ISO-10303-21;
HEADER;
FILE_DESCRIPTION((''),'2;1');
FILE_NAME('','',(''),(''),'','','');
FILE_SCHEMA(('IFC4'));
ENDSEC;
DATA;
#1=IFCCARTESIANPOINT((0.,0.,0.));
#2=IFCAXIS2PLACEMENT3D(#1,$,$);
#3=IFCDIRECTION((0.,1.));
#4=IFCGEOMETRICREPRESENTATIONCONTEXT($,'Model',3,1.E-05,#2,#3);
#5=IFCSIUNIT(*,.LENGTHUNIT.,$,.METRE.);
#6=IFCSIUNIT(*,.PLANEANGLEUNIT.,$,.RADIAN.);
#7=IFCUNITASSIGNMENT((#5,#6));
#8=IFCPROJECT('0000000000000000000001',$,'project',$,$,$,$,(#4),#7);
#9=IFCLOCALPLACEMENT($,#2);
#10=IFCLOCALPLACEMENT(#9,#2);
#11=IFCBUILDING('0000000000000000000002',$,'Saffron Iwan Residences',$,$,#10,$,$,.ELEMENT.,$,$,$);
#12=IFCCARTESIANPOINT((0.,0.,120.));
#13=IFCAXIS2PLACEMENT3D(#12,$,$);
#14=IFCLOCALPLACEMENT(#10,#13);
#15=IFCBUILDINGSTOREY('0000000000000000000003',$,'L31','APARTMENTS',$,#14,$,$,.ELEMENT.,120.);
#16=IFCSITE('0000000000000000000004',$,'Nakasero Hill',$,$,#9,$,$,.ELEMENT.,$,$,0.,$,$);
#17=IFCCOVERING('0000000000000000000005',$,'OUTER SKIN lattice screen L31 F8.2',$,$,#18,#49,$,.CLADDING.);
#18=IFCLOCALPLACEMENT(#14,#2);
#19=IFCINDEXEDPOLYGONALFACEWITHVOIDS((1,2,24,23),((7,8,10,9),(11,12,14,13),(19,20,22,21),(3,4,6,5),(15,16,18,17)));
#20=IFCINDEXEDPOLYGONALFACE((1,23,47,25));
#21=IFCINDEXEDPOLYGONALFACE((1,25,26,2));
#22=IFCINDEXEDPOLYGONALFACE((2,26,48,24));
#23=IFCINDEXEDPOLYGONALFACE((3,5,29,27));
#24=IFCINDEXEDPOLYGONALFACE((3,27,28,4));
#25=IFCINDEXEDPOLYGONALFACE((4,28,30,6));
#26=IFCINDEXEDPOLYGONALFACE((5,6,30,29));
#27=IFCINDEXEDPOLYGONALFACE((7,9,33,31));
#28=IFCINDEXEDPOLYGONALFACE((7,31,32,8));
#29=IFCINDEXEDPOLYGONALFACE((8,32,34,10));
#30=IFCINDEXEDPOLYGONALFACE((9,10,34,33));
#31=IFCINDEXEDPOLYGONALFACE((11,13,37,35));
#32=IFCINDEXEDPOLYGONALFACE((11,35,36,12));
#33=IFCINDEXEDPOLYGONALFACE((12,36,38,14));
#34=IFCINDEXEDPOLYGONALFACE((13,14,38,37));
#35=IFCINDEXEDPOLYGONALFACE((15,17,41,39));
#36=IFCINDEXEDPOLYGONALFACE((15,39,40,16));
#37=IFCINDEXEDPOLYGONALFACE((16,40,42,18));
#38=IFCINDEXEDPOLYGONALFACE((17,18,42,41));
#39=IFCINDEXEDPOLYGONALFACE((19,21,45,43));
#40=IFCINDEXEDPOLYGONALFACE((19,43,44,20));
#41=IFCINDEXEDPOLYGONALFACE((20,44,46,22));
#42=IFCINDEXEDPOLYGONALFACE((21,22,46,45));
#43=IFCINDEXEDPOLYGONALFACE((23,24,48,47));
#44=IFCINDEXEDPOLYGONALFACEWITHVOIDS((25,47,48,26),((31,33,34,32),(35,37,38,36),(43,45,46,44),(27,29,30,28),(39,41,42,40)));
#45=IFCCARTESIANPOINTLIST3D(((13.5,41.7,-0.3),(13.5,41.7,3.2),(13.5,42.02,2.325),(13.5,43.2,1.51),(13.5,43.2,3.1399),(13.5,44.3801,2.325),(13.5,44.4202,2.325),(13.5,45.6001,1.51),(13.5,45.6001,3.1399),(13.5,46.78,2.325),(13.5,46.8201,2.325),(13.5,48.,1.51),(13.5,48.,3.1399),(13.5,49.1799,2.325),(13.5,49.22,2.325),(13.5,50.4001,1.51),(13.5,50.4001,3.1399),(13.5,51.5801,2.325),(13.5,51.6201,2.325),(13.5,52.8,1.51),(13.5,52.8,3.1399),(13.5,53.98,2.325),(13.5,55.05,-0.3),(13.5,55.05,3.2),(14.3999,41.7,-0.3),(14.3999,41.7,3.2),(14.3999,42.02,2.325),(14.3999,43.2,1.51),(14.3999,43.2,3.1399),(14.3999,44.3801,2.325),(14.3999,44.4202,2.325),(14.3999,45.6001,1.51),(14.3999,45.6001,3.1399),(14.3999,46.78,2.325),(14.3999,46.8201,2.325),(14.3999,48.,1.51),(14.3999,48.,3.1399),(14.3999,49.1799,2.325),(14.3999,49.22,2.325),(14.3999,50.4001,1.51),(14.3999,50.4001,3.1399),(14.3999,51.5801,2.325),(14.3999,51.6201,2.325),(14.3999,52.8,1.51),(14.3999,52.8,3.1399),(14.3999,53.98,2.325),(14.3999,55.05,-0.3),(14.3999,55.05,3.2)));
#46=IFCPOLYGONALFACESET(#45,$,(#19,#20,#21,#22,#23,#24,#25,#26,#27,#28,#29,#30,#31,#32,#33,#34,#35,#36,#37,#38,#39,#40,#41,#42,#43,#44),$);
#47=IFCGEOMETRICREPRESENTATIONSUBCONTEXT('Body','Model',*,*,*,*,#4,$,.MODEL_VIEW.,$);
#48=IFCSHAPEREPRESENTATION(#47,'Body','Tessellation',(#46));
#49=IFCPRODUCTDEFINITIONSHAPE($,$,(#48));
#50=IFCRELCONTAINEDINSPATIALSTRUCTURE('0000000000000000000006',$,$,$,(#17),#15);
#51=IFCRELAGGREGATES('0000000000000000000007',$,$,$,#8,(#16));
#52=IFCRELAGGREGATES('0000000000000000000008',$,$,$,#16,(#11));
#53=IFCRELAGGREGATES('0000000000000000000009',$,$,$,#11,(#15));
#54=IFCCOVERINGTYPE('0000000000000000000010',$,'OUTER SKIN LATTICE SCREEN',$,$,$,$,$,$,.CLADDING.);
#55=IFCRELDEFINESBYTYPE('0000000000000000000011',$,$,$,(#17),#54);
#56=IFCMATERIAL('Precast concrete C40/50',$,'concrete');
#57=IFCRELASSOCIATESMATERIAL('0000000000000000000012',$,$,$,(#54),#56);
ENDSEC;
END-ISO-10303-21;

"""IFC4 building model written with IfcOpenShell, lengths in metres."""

from ifc_helpers import new_model, si_unit, direction, frame, origin, place, context, subcontext, project, spatial, polyline, outline, extrude, material, type_object, element, save


model = new_model("IFC4")

# Units and contexts
model_context = context("Model", 3, precision=1e-05, world=origin(), true_north=direction((0.0, 1.0)))
body_context = subcontext(model_context, "Body", "Model", "MODEL_VIEW")
ifc_project = project(units=[si_unit("LENGTHUNIT", "METRE"), si_unit("PLANEANGLEUNIT", "RADIAN")], contexts=[model_context])

# Site, building, storey
site_placement = place(None, origin())
site = spatial("IfcSite", under=ifc_project, at=site_placement, Name="Nakasero Hill", CompositionType="ELEMENT", RefElevation=0.0)
building_placement = place(site_placement, origin())
building = spatial("IfcBuilding", under=site, at=building_placement, Name="Saffron Iwan Residences", CompositionType="ELEMENT")
storey_placement = place(building_placement, frame((0.0, 0.0, 120.0)))
storey = spatial("IfcBuildingStorey", under=building, at=storey_placement, Name="L31", Description="APARTMENTS", CompositionType="ELEMENT", Elevation=120.0)

# Covering
ifc_material_1 = material(Name="Precast concrete C40/50", Category="concrete")
covering_type = type_object("IfcCoveringType", Name="OUTER SKIN LATTICE SCREEN", PredefinedType="CLADDING", material=ifc_material_1)
covering_placement = place(storey_placement, frame((14.3999, 55.05, -0.3), z_axis=(-1.0, 0.0, 0.0), x_axis=(0.0, -1.0, 0.0)))
element("IfcCovering", 1, at=covering_placement, inside=storey, type_object=covering_type, Name="OUTER SKIN lattice screen L31 F8.2", PredefinedType="CLADDING", context=body_context, shape_type="SweptSolid", body=[
    extrude(outline(polyline([(0.0, 0.0), (13.3501, 0.0), (13.3501, 3.5), (0.0, 3.5), (0.0, 0.0)]), holes=[polyline([(1.0701, 2.625), (2.25, 1.8101), (3.4299, 2.625), (2.25, 3.4399), (1.0701, 2.625)]), polyline([(3.47, 2.625), (4.6499, 1.8101), (5.8301, 2.625), (4.6499, 3.4399), (3.47, 2.625)]), polyline([(5.8701, 2.625), (7.05, 1.8101), (8.23, 2.625), (7.05, 3.4399), (5.8701, 2.625)]), polyline([(8.27, 2.625), (9.45, 1.8101), (10.6299, 2.625), (9.45, 3.4399), (8.27, 2.625)]), polyline([(10.6699, 2.625), (11.8501, 1.8101), (13.03, 2.625), (11.8501, 3.4399), (10.6699, 2.625)])]), origin(), (0.0, 0.0, 1.0), 0.8999),
])

save(model, "model.ifc")
